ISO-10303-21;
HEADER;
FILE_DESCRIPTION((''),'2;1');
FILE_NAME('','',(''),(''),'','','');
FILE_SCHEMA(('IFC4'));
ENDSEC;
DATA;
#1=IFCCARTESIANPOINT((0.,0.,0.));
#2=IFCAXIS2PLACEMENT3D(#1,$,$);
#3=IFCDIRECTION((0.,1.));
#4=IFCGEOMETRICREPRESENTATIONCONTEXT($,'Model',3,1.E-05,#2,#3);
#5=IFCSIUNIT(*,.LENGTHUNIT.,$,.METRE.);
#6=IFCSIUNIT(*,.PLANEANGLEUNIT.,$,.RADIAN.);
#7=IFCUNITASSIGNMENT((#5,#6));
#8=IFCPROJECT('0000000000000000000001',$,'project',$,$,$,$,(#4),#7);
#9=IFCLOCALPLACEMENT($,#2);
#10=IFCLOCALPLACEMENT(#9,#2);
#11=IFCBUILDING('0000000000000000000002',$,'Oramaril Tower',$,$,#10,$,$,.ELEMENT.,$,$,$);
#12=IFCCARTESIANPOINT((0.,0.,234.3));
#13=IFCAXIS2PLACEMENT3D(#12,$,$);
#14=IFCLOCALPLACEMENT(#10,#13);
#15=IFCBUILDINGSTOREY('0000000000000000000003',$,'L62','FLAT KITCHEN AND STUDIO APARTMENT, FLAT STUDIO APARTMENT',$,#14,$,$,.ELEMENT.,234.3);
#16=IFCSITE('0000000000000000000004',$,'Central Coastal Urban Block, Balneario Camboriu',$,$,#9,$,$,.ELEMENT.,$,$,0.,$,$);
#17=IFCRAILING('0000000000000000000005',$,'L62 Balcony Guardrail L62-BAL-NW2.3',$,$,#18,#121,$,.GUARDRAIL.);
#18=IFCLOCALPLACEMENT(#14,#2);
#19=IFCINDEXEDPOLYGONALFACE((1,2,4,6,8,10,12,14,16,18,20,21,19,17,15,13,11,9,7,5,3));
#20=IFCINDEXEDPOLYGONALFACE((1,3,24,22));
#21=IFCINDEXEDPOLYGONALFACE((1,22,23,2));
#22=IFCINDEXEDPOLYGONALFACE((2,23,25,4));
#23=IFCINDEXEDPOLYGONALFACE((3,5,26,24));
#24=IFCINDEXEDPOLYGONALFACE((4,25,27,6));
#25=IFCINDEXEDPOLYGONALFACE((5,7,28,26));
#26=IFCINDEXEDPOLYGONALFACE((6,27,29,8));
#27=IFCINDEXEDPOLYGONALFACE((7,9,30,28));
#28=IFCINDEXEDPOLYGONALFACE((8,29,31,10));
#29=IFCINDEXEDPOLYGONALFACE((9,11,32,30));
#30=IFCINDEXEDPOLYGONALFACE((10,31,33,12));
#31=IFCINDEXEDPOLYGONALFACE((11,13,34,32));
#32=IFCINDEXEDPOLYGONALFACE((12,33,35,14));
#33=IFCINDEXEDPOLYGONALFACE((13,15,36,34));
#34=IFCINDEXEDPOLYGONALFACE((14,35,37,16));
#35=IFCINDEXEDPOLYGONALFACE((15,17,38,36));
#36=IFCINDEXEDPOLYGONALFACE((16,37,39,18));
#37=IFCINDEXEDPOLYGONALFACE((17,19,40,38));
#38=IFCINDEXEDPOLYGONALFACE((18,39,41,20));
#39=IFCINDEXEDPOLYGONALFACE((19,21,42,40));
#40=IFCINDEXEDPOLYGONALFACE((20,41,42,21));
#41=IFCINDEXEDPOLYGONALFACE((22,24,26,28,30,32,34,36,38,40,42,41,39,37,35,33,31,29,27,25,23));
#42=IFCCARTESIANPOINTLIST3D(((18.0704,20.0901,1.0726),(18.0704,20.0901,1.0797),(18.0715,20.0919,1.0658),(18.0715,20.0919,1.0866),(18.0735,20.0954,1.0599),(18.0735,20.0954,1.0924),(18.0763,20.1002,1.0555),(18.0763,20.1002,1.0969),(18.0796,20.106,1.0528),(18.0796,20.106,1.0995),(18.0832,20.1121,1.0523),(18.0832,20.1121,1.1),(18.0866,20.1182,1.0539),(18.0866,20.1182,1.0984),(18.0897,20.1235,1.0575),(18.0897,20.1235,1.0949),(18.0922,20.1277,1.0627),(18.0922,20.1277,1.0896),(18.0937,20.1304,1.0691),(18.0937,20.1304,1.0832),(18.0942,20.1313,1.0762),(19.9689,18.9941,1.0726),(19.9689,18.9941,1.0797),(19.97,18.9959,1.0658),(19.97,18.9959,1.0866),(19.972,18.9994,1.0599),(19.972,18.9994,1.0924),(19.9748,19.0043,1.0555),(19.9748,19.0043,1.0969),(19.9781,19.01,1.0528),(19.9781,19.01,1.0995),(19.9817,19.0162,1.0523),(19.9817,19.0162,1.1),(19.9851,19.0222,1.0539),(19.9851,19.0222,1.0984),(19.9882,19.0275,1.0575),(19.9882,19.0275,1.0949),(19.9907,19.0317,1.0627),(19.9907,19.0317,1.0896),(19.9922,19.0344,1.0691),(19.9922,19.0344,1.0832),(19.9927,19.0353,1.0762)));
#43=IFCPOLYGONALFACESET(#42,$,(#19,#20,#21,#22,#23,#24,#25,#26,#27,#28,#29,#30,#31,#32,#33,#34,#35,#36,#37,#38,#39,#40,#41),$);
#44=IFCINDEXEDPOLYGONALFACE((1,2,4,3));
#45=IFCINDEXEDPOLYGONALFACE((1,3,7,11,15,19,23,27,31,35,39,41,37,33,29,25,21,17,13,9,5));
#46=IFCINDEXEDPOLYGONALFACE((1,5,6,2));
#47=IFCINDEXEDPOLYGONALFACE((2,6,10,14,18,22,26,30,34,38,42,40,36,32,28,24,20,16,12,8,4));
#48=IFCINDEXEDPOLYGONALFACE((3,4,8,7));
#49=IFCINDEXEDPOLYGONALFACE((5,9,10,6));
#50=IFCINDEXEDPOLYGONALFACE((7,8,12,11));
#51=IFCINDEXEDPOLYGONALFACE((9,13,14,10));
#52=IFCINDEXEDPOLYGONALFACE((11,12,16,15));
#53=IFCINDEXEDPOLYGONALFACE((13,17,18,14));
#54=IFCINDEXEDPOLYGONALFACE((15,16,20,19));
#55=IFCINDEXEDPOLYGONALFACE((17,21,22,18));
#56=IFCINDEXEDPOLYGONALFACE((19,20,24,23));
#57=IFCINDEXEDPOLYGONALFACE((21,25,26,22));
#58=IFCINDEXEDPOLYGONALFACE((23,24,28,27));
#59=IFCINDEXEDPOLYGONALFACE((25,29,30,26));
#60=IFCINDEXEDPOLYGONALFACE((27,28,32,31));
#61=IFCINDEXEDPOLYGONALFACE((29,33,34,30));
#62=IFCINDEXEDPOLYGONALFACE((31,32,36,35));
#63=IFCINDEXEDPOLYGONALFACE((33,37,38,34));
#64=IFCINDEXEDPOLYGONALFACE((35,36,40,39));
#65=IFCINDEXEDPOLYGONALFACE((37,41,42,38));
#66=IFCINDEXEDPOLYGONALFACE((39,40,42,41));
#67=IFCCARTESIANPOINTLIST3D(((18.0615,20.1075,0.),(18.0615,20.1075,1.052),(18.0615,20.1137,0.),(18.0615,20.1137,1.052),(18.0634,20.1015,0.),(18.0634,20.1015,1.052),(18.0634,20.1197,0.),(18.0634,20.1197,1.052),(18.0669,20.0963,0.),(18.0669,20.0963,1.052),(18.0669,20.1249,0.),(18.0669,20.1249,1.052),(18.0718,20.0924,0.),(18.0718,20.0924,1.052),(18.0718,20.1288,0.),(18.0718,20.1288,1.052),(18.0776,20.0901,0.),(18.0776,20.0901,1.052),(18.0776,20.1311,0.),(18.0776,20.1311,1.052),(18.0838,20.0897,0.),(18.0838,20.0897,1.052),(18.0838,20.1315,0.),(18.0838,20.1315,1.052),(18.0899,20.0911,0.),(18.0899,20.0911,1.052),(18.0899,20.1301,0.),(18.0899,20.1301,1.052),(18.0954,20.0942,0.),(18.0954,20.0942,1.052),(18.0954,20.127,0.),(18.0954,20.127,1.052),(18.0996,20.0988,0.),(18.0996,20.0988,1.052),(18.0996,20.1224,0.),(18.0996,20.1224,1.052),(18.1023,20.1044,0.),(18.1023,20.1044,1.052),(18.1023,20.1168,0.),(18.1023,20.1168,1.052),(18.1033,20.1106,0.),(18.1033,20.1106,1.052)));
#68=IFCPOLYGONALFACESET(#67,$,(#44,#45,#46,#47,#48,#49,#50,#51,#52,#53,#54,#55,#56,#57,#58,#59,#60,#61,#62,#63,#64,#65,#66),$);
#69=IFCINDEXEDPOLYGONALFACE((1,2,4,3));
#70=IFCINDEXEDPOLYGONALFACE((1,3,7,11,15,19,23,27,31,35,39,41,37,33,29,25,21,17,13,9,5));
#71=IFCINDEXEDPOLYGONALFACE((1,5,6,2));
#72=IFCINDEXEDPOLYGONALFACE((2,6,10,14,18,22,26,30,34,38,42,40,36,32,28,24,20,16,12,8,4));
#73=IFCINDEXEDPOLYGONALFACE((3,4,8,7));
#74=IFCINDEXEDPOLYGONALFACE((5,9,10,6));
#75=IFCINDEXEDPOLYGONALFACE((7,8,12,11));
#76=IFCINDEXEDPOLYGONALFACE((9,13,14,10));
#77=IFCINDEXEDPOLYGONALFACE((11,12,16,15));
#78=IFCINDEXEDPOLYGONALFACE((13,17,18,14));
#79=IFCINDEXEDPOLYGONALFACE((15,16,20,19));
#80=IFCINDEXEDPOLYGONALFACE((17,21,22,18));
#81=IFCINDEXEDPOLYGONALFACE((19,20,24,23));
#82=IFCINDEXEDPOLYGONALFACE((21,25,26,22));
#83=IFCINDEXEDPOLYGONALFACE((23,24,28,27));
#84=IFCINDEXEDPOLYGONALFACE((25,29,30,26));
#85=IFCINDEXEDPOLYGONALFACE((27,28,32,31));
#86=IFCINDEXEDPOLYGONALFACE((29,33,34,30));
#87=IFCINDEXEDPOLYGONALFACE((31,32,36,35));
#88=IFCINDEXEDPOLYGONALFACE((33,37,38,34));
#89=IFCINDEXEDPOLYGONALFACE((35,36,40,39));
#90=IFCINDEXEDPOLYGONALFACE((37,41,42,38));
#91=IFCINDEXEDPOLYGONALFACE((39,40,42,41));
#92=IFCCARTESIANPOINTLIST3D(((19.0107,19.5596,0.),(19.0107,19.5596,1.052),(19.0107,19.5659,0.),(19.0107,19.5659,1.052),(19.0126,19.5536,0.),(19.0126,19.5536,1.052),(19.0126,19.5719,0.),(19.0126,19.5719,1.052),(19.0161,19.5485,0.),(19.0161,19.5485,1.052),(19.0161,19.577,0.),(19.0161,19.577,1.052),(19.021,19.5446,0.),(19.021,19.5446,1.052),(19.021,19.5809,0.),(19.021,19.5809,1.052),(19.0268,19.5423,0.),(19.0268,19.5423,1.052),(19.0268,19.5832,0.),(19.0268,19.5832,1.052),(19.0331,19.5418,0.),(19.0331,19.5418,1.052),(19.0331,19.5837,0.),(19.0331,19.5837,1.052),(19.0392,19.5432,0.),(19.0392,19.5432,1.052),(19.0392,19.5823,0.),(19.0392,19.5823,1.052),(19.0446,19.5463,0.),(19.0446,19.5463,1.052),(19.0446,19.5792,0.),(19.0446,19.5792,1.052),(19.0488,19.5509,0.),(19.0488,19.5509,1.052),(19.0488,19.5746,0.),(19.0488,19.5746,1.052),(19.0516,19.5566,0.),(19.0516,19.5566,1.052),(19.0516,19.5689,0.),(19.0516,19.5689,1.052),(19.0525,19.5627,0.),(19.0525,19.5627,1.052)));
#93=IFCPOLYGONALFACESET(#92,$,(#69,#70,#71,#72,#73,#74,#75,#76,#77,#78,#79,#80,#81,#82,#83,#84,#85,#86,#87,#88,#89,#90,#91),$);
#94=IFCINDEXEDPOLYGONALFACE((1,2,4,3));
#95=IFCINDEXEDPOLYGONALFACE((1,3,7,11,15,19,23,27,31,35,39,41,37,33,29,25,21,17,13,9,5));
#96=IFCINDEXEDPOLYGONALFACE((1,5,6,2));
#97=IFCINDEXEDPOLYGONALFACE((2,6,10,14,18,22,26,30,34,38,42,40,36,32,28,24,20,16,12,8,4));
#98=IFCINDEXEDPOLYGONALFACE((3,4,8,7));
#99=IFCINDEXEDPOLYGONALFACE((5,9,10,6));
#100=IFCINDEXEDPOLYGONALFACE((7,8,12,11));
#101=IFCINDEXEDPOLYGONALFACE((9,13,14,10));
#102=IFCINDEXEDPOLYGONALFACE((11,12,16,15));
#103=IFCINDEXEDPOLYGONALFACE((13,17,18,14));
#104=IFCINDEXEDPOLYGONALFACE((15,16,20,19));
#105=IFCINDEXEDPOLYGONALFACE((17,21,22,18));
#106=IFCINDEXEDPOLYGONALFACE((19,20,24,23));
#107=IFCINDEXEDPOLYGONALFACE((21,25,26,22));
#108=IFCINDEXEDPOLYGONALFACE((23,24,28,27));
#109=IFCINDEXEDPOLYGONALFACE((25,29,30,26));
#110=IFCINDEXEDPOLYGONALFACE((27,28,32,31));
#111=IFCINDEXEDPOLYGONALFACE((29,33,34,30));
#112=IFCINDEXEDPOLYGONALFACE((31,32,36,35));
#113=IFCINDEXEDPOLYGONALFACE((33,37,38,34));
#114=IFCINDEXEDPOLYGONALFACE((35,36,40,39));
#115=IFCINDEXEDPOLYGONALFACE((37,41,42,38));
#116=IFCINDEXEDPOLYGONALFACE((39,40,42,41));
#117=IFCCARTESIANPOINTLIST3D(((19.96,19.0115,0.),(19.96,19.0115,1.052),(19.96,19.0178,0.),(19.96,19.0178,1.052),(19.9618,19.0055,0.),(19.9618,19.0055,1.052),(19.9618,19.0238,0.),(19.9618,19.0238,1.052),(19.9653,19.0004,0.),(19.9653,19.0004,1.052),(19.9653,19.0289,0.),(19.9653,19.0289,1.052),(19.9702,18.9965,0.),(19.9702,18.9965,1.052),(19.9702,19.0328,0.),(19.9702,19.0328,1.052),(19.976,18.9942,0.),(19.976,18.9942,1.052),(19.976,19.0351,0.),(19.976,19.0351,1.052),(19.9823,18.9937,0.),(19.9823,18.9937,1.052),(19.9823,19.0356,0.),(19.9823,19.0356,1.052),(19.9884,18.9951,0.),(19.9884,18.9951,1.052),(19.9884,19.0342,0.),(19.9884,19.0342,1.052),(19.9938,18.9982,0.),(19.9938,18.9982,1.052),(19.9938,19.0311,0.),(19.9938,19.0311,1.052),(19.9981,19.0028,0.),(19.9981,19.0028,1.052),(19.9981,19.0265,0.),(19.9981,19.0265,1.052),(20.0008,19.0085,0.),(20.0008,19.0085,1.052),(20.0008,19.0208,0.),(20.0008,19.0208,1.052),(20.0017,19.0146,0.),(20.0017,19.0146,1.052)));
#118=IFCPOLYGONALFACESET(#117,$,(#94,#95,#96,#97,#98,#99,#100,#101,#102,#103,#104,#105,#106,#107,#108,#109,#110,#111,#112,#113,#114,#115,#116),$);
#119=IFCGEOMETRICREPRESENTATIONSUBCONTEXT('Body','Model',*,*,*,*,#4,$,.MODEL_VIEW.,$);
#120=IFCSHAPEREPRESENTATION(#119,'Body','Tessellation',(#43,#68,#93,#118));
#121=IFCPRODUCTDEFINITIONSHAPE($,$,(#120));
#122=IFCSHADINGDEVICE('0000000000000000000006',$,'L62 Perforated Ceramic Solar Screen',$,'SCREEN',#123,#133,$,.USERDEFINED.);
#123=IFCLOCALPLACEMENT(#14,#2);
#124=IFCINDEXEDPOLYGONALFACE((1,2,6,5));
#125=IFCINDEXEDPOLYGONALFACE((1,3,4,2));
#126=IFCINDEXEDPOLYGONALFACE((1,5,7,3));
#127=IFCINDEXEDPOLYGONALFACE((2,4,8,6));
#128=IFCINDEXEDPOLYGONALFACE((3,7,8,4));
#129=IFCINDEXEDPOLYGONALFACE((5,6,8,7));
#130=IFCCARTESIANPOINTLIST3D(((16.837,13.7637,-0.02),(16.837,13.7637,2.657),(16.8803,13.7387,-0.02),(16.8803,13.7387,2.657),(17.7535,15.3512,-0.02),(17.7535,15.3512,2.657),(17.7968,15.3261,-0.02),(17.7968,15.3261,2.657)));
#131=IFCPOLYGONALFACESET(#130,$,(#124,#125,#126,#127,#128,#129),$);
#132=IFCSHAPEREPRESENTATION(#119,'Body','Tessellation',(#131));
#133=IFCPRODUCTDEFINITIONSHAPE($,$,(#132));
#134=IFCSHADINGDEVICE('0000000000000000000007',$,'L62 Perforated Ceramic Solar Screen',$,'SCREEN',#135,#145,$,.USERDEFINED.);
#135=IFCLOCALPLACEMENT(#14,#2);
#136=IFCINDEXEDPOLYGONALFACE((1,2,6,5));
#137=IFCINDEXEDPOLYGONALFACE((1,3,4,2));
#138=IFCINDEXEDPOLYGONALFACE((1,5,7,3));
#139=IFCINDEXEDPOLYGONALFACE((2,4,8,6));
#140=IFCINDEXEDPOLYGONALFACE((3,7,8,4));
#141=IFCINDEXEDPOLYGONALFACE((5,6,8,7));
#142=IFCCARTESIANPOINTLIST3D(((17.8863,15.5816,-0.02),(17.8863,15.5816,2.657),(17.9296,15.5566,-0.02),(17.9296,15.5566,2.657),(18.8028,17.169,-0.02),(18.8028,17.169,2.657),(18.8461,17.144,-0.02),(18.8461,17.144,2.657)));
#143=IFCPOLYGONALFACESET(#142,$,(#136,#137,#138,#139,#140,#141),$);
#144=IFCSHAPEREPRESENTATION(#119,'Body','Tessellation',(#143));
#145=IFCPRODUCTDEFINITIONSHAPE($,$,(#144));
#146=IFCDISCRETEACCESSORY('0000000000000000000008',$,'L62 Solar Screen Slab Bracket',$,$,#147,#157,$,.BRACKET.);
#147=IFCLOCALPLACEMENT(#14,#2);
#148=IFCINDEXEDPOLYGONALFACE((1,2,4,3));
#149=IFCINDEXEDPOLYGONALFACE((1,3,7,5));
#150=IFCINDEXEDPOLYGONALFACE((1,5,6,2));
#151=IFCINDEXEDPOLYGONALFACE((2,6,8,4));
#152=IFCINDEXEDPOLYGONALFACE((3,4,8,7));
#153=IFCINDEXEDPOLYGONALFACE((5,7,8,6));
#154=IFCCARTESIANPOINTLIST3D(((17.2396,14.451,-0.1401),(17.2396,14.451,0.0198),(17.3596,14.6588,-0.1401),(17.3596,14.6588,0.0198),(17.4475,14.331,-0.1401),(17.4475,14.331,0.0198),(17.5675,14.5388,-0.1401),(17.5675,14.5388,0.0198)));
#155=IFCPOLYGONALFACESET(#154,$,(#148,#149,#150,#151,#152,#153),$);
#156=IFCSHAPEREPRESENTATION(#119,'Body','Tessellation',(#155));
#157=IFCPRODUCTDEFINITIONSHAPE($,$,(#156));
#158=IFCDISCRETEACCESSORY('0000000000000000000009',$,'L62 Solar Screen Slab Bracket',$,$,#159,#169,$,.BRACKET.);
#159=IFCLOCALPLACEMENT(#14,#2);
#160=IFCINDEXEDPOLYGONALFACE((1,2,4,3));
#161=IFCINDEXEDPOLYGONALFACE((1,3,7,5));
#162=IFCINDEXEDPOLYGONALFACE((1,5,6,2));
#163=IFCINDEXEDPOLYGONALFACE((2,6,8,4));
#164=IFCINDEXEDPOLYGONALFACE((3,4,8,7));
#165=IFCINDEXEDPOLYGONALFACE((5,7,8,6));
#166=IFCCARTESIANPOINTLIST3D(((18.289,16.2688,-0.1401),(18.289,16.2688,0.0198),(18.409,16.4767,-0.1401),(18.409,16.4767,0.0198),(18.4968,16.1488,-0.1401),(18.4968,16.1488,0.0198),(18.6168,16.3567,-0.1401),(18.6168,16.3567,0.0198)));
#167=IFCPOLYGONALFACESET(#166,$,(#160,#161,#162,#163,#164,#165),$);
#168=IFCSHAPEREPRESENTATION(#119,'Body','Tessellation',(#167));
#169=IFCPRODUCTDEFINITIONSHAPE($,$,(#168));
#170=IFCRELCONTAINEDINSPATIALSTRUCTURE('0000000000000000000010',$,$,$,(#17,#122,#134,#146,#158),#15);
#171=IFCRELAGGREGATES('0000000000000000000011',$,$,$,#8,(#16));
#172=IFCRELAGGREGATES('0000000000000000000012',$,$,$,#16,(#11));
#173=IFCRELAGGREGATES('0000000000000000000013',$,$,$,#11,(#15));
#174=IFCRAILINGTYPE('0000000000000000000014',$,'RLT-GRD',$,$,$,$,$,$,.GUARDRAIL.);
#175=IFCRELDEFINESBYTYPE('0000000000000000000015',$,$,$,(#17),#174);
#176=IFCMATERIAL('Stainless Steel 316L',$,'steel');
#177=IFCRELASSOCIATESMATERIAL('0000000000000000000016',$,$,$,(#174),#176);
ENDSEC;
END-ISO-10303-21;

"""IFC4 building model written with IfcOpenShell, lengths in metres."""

from ifc_helpers import new_model, si_unit, direction, frame, origin, origin_2d, place, context, subcontext, project, spatial, rectangle, circle, extrude, material, type_object, element, save


model = new_model("IFC4")

# Units and contexts
model_context = context("Model", 3, precision=1e-05, world=origin(), true_north=direction((0.0, 1.0)))
body_context = subcontext(model_context, "Body", "Model", "MODEL_VIEW")
ifc_project = project(units=[si_unit("LENGTHUNIT", "METRE"), si_unit("PLANEANGLEUNIT", "RADIAN")], contexts=[model_context])

# Site, building, storey
site_placement = place(None, origin())
site = spatial("IfcSite", under=ifc_project, at=site_placement, Name="Central Coastal Urban Block, Balneario Camboriu", CompositionType="ELEMENT", RefElevation=0.0)
building_placement = place(site_placement, origin())
building = spatial("IfcBuilding", under=site, at=building_placement, Name="Oramaril Tower", CompositionType="ELEMENT")
storey_placement = place(building_placement, frame((0.0, 0.0, 234.3)))
storey = spatial("IfcBuildingStorey", under=building, at=storey_placement, Name="L62", Description="FLAT KITCHEN AND STUDIO APARTMENT, FLAT STUDIO APARTMENT", CompositionType="ELEMENT", Elevation=234.3)

# Railing
ifc_material_1 = material(Name="Stainless Steel 316L", Category="steel")
railing_type = type_object("IfcRailingType", Name="RLT-GRD", PredefinedType="GUARDRAIL", material=ifc_material_1)
railing_1_placement = place(storey_placement, frame((18.0823, 20.1106, 0.0)))
element("IfcRailing", 1, at=railing_1_placement, inside=storey, type_object=railing_type, Name="L62 Balcony Guardrail L62-BAL-NW2.3", PredefinedType="GUARDRAIL", context=body_context, shape_type="SweptSolid", body=[
    extrude(circle(Radius=0.0239, at=origin_2d()), frame((0.0, 0.0, 1.0762), z_axis=(0.866048, -0.49996, 0.0), x_axis=(0.49996, 0.866048, 0.0)), (0.0, 0.0, 1.0), 2.1921),
    extrude(circle(Radius=0.021, at=origin_2d()), origin(), (0.0, 0.0, 1.0), 1.052),
    extrude(circle(Radius=0.021, at=origin_2d()), frame((0.9492, -0.5479, 0.0)), (0.0, 0.0, 1.0), 1.052),
    extrude(circle(Radius=0.021, at=origin_2d()), frame((1.8984, -1.0959, 0.0)), (0.0, 0.0, 1.0), 1.052),
])

# Shading devices
for number, where, z_axis, x_axis, name in (
    (2, (17.3169, 14.5449, -0.02), (0.0, 0.0, 1.0), (-0.499998, -0.866026, 0.0), "L62 Perforated Ceramic Solar Screen"),
    (3, (18.3662, 16.3628, -0.02), (0.0, 0.0, 1.0), (-0.499998, -0.866026, 0.0), "L62 Perforated Ceramic Solar Screen"),
):
    element("IfcShadingDevice", number, at=place(storey_placement, frame(where, z_axis=z_axis, x_axis=x_axis)), inside=storey, Name=name, ObjectType="SCREEN", PredefinedType="USERDEFINED", context=body_context, shape_type="SweptSolid", body=[
        extrude(rectangle(XDim=1.833, YDim=0.05, at=origin_2d()), origin(), (0.0, 0.0, 1.0), 2.677),
    ])

# Discrete accessories
for number, where, z_axis, x_axis, name in (
    (4, (17.4036, 14.4949, -0.1401), (0.0, 0.0, 1.0), (-0.499998, -0.866026, 0.0), "L62 Solar Screen Slab Bracket"),
    (5, (18.4529, 16.3127, -0.1401), (0.0, 0.0, 1.0), (-0.499998, -0.866026, 0.0), "L62 Solar Screen Slab Bracket"),
):
    element("IfcDiscreteAccessory", number, at=place(storey_placement, frame(where, z_axis=z_axis, x_axis=x_axis)), inside=storey, Name=name, PredefinedType="BRACKET", context=body_context, shape_type="SweptSolid", body=[
        extrude(rectangle(XDim=0.24, YDim=0.24, at=origin_2d()), origin(), (0.0, 0.0, 1.0), 0.1599),
    ])

save(model, "model.ifc")
